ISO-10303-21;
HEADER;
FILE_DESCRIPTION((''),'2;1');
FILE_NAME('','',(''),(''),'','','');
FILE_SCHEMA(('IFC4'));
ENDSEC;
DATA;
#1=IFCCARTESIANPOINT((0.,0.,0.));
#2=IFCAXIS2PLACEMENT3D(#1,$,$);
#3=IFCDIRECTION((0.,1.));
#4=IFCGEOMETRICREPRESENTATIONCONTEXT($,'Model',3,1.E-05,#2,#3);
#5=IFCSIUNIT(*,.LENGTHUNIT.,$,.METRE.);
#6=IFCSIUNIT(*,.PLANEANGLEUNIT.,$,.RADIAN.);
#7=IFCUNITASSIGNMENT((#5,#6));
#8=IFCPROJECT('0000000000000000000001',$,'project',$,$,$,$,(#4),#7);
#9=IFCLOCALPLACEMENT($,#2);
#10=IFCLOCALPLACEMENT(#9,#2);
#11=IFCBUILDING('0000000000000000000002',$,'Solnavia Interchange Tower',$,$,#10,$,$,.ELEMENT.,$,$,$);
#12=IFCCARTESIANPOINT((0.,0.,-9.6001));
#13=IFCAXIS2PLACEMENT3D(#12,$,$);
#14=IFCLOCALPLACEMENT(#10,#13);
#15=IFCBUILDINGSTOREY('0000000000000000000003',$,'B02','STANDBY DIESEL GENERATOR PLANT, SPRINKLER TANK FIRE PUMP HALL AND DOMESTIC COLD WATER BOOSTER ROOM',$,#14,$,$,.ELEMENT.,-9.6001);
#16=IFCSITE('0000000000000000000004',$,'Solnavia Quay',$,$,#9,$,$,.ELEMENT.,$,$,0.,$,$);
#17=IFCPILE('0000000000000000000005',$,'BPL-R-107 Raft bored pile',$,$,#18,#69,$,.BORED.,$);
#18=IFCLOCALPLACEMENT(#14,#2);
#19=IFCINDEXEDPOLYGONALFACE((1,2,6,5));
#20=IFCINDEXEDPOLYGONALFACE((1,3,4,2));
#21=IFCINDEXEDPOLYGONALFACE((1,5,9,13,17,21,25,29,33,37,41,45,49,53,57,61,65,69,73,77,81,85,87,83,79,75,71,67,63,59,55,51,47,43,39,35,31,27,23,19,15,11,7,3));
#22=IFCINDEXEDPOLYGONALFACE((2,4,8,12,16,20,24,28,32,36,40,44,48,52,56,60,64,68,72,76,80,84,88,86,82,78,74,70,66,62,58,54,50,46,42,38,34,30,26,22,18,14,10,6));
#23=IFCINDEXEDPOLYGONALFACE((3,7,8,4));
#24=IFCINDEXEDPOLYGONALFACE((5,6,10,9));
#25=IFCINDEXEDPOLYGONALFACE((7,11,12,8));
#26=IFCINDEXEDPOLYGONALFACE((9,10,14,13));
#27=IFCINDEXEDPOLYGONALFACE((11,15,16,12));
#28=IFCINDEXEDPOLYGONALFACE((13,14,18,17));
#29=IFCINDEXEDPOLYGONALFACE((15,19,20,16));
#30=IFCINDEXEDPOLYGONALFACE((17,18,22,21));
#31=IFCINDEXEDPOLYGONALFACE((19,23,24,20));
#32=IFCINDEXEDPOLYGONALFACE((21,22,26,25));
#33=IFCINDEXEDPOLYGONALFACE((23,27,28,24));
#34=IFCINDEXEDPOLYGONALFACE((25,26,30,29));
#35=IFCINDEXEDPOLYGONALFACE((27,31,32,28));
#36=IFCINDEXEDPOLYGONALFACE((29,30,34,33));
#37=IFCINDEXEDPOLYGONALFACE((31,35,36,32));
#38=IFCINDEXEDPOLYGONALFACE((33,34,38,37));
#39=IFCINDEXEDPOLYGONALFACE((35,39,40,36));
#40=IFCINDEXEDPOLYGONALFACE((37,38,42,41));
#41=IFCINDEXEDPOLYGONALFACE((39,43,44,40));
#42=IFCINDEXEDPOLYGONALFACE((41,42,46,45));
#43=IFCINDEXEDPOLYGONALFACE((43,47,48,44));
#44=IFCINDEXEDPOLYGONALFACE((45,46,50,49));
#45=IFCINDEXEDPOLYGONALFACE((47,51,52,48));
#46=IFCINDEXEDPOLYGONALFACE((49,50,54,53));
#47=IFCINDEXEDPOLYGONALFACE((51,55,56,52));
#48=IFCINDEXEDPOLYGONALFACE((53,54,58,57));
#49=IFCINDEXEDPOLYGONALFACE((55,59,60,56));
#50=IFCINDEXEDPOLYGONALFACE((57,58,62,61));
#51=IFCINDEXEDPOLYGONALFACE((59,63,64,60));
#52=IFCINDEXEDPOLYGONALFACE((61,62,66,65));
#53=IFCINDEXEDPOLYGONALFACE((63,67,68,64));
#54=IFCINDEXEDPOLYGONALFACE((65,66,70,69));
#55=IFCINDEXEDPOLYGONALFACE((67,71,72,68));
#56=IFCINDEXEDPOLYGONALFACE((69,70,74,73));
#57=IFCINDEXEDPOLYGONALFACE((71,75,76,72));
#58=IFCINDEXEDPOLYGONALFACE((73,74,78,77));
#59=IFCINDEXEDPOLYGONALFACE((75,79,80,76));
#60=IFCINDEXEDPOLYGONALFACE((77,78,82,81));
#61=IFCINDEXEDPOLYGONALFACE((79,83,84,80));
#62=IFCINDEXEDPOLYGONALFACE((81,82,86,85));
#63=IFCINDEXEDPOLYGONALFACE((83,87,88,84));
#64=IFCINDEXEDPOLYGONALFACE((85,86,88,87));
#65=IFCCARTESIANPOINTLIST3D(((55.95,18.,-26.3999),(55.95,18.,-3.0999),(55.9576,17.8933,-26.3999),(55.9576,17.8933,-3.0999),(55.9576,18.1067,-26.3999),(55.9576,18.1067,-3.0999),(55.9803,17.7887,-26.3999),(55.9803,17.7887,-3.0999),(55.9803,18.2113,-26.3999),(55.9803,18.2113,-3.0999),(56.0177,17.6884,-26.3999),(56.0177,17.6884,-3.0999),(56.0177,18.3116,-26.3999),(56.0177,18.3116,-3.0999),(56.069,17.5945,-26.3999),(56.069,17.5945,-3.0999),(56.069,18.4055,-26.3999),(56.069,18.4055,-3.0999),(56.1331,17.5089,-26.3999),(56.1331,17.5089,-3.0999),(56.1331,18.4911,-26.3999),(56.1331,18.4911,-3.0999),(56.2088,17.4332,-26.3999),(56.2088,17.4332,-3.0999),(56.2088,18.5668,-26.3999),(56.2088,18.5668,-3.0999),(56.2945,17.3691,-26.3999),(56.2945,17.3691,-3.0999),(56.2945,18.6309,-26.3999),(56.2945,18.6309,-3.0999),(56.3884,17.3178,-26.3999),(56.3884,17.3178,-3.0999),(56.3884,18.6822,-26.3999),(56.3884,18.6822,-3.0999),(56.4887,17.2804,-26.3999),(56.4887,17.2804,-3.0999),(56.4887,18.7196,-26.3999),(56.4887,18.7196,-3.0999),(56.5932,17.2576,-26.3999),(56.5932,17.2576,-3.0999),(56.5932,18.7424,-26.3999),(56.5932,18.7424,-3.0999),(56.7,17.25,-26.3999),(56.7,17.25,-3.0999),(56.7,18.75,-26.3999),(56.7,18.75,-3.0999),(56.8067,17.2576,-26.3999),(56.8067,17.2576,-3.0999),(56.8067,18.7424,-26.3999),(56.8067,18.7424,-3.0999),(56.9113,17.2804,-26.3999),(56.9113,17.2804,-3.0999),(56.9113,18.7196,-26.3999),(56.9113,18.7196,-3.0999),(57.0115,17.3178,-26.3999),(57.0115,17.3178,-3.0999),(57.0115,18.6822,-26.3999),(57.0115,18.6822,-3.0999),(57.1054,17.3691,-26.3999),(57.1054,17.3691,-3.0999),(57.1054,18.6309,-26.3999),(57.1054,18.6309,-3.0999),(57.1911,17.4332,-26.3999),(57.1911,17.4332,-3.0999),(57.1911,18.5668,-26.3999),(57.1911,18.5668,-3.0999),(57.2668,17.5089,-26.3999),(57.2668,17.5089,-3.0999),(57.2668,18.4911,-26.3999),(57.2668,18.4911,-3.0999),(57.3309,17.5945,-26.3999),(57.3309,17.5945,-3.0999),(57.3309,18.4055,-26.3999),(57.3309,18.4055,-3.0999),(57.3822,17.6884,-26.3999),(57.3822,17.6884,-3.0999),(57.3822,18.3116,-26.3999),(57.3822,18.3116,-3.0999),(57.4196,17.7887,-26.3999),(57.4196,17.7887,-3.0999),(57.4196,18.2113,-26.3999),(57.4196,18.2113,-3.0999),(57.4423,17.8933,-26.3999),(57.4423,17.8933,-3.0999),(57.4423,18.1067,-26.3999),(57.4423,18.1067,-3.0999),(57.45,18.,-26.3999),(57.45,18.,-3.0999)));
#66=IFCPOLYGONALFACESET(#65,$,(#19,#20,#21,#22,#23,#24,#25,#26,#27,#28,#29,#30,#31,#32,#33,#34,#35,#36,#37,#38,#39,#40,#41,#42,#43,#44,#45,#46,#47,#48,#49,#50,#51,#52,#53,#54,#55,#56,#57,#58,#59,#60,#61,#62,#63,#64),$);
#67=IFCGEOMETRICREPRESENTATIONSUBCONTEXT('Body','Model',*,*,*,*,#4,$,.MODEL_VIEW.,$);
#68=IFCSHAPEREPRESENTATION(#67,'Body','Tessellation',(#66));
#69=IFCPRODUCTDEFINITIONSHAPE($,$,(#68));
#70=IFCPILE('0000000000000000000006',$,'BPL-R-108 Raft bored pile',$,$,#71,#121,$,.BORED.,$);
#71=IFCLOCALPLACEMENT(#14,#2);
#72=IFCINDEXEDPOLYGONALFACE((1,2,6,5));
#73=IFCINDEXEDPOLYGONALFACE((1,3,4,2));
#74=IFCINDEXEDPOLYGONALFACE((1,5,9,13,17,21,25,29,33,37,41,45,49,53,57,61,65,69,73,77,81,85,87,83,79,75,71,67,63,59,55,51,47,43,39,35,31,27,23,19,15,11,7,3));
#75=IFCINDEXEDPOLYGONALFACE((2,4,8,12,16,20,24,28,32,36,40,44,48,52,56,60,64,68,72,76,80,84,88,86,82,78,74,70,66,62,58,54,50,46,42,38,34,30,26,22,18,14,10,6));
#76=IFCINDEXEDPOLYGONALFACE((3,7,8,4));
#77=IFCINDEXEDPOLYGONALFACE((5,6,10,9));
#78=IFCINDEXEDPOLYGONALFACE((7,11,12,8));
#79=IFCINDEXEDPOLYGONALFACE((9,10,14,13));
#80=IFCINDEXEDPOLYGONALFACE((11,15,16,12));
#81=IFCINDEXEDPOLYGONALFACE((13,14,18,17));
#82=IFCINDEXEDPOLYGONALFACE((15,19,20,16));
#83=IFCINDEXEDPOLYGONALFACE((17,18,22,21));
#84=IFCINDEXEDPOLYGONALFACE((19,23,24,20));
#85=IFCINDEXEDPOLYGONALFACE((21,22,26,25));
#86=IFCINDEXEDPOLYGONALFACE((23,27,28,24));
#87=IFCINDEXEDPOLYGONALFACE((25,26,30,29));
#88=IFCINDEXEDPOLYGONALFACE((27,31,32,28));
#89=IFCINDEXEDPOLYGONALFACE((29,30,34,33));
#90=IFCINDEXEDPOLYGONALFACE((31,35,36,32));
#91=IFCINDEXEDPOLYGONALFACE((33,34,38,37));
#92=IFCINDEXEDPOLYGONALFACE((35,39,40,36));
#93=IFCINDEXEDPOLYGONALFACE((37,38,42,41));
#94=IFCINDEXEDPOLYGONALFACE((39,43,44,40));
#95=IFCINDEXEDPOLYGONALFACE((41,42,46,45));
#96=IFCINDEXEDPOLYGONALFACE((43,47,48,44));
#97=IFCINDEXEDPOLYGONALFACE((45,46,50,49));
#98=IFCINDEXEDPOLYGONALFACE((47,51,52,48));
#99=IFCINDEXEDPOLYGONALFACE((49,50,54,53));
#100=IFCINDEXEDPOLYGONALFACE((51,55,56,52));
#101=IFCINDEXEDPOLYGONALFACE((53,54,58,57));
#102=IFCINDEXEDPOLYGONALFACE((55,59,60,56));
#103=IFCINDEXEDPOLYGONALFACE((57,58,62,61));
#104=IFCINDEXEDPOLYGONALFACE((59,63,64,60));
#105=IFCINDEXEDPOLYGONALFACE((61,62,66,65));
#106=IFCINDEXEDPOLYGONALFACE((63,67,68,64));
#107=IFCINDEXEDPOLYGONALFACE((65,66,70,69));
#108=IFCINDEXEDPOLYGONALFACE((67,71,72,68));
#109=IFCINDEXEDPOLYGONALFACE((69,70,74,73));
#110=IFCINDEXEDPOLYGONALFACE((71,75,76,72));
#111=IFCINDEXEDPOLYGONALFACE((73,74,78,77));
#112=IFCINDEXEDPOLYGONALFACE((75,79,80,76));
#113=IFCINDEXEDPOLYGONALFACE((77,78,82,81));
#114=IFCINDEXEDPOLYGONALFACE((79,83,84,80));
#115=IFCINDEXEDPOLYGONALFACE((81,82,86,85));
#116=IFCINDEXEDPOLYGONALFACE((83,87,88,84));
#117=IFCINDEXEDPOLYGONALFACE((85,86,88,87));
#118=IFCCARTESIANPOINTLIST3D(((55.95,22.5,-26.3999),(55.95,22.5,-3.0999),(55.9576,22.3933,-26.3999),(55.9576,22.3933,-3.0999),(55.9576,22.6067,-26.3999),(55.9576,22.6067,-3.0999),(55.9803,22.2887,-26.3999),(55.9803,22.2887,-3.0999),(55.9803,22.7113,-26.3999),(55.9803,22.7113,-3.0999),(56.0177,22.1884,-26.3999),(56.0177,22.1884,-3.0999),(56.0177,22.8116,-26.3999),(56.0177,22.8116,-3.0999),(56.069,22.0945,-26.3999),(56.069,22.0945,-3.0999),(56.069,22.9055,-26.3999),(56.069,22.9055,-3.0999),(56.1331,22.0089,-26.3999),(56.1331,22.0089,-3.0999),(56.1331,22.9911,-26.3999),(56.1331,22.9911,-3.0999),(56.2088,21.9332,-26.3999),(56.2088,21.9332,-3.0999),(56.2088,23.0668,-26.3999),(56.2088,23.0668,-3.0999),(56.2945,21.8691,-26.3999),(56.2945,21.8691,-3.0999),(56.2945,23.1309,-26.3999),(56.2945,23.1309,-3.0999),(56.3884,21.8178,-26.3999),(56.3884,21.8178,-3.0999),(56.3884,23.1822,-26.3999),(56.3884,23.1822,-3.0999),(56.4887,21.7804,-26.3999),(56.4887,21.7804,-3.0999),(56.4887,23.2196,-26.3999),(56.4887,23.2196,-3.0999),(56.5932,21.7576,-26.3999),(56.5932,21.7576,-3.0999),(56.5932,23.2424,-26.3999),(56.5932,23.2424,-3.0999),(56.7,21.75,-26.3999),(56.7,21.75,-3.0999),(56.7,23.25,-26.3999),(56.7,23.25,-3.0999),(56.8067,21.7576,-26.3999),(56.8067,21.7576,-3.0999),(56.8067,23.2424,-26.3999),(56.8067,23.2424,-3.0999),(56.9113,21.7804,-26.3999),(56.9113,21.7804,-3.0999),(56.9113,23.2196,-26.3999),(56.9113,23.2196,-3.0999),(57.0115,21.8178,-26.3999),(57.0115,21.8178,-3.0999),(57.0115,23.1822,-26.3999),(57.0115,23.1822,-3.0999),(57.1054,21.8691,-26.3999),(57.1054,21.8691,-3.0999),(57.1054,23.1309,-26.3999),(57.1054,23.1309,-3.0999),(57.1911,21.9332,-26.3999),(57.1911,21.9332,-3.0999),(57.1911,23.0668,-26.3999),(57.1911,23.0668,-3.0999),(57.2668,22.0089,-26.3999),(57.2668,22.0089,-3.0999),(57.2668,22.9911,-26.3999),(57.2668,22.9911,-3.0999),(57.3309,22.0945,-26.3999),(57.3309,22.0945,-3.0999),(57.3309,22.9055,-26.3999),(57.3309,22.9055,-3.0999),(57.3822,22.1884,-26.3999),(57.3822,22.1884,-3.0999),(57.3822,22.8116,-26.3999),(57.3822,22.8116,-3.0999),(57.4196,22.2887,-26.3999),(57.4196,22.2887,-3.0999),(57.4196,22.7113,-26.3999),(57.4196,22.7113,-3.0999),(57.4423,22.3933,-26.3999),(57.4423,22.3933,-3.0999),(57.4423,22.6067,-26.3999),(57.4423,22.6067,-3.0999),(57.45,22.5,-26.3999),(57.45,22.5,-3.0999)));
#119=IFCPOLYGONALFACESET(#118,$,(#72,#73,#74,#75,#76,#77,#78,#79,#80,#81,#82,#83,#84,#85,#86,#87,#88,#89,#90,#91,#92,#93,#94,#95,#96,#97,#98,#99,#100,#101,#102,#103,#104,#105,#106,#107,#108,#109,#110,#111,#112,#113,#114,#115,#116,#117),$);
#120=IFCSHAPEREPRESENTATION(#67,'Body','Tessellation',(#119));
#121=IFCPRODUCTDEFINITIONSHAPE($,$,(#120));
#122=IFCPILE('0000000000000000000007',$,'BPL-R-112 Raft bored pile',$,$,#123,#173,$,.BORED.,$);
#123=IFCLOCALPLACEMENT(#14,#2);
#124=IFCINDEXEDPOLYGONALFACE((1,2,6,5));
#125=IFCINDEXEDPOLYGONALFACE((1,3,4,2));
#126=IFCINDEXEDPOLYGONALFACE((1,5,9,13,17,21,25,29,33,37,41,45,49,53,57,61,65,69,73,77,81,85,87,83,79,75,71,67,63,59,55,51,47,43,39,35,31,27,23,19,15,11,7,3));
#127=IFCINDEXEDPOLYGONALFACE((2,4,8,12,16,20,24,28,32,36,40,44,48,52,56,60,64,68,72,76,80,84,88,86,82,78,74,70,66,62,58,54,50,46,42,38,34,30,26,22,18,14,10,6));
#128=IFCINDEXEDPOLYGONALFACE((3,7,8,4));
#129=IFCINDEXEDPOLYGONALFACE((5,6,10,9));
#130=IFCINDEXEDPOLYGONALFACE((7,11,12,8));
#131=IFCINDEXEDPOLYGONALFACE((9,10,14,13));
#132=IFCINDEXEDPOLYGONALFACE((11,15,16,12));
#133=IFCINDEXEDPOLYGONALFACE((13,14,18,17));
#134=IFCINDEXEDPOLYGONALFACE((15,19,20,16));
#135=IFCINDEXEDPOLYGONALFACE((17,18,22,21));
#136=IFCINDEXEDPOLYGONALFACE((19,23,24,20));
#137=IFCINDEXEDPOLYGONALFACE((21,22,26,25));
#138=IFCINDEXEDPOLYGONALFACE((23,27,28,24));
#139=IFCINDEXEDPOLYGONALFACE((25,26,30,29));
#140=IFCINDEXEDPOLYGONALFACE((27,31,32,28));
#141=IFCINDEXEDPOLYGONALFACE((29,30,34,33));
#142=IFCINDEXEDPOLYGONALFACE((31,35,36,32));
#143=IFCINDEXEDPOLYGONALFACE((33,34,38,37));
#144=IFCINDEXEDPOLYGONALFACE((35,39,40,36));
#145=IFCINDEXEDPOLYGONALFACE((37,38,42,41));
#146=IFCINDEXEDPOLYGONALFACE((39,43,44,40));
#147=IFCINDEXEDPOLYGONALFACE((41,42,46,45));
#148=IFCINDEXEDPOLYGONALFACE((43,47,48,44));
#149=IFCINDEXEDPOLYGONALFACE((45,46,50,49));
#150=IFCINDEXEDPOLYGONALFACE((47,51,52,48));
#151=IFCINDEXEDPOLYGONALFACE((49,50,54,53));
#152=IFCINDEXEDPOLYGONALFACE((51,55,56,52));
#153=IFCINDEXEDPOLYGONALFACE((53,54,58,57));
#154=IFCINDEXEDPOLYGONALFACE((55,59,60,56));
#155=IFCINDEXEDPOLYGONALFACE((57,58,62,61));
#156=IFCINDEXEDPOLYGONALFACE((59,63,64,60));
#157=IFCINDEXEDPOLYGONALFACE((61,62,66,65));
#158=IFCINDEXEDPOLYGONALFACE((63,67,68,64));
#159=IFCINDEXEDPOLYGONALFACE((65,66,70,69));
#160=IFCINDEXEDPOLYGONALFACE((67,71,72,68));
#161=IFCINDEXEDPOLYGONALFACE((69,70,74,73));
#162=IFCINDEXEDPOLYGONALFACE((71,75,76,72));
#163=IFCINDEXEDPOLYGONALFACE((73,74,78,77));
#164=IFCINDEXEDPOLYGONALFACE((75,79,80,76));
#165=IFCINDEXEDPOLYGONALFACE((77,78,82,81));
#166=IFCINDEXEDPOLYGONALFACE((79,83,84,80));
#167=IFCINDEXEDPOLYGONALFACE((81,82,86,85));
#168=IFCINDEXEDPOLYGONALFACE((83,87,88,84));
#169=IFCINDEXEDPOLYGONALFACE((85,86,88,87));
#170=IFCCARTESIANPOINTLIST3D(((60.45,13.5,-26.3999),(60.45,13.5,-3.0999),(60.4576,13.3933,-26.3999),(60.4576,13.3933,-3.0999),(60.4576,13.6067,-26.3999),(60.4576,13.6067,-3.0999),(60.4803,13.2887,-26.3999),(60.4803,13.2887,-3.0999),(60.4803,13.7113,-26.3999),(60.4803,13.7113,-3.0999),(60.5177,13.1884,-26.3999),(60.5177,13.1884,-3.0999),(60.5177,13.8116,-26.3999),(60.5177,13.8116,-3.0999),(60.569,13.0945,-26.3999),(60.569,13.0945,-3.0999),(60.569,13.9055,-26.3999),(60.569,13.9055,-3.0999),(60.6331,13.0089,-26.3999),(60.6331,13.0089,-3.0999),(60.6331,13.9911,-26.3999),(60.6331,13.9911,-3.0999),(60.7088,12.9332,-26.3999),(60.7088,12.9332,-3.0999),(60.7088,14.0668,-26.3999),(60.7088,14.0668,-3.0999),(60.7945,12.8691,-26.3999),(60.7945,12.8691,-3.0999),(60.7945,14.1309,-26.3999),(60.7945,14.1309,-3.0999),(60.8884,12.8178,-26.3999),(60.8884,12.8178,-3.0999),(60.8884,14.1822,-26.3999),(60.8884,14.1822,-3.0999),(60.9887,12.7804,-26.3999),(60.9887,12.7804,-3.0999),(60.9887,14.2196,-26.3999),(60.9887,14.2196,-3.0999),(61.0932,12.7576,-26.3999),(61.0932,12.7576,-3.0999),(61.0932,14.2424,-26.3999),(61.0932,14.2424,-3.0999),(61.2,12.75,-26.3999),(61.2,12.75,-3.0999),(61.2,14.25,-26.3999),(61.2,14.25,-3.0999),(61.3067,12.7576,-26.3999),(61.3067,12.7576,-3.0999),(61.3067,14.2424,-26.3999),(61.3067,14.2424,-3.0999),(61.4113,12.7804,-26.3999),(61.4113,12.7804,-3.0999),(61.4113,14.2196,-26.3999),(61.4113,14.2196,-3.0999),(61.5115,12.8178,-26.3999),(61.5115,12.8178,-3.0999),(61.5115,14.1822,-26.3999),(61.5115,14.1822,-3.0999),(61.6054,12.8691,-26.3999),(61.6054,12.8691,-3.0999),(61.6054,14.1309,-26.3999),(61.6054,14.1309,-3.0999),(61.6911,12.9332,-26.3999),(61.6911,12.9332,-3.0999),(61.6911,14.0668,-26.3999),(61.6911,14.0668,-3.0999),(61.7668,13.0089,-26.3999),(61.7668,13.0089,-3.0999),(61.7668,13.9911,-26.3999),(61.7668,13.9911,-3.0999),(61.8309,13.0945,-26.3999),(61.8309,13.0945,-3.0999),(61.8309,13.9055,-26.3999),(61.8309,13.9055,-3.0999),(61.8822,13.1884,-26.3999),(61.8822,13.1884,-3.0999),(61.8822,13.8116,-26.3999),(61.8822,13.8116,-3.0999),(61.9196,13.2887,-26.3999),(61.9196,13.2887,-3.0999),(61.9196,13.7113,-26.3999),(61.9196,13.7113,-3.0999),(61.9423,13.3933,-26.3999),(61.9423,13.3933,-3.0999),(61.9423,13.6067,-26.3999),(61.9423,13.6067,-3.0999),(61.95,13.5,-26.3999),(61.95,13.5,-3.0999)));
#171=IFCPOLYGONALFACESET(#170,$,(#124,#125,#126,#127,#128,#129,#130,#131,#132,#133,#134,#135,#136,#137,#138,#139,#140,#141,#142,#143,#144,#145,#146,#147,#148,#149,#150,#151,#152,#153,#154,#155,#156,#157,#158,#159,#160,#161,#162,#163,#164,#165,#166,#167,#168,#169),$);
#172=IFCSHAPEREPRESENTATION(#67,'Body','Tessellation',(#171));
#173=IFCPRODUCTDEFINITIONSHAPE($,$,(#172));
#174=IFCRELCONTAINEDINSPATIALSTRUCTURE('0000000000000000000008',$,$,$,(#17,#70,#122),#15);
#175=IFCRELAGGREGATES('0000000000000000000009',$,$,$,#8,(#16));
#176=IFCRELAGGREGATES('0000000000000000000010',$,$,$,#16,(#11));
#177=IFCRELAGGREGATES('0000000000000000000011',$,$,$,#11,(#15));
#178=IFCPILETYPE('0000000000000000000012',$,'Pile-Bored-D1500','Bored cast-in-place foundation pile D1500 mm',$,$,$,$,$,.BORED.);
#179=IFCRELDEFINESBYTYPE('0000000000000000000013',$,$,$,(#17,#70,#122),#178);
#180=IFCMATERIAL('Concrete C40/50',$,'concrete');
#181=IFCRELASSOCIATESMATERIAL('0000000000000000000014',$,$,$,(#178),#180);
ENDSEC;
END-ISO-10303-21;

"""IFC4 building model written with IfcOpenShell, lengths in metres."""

from ifc_helpers import new_model, si_unit, direction, frame, origin, origin_2d, place, context, subcontext, project, spatial, circle, extrude, material, material_profile, profile_set, type_object, element, save


model = new_model("IFC4")

# Units and contexts
model_context = context("Model", 3, precision=1e-05, world=origin(), true_north=direction((0.0, 1.0)))
body_context = subcontext(model_context, "Body", "Model", "MODEL_VIEW")
ifc_project = project(units=[si_unit("LENGTHUNIT", "METRE"), si_unit("PLANEANGLEUNIT", "RADIAN")], contexts=[model_context])

# Site, building, storey
site_placement = place(None, origin())
site = spatial("IfcSite", under=ifc_project, at=site_placement, Name="Solnavia Quay", CompositionType="ELEMENT", RefElevation=0.0)
building_placement = place(site_placement, origin())
building = spatial("IfcBuilding", under=site, at=building_placement, Name="Solnavia Interchange Tower", CompositionType="ELEMENT")
storey_placement = place(building_placement, frame((0.0, 0.0, -9.6001)))
storey = spatial("IfcBuildingStorey", under=building, at=storey_placement, Name="B02", Description="STANDBY DIESEL GENERATOR PLANT, SPRINKLER TANK FIRE PUMP HALL AND DOMESTIC COLD WATER BOOSTER ROOM", CompositionType="ELEMENT", Elevation=-9.6001)

# Shared definitions
ifc_material_1 = material(Name="Concrete C40/50", Category="concrete")

# Piles
ifc_material_profile_1 = material_profile(ifc_material_1, circle(Radius=0.75, at=origin_2d()), Name="PILE D1500")
ifc_profile_set_1 = profile_set([ifc_material_profile_1], Name="Concrete C40/50")
pile_type_1 = type_object("IfcPileType", Name="Pile-Bored-D1500", Description="Bored cast-in-place foundation pile D1500 mm", PredefinedType="BORED", material=ifc_profile_set_1)
for number, where, z_axis, x_axis, name in (
    (1, (56.7, 18.0, -3.0999), (0.0, 0.0, -1.0), (1.0, 0.0, 0.0), "BPL-R-107 Raft bored pile"),
    (2, (56.7, 22.5, -3.0999), (0.0, 0.0, -1.0), (1.0, 0.0, 0.0), "BPL-R-108 Raft bored pile"),
    (3, (61.2, 13.5, -3.0999), (0.0, 0.0, -1.0), (1.0, 0.0, 0.0), "BPL-R-112 Raft bored pile"),
):
    element("IfcPile", number, at=place(storey_placement, frame(where, z_axis=z_axis, x_axis=x_axis)), inside=storey, type_object=pile_type_1, Name=name, PredefinedType="BORED", context=body_context, shape_type="SweptSolid", body=[
        extrude(circle(Radius=0.75, at=origin_2d()), origin(), (0.0, 0.0, 1.0), 23.3),
    ])

save(model, "model.ifc")
